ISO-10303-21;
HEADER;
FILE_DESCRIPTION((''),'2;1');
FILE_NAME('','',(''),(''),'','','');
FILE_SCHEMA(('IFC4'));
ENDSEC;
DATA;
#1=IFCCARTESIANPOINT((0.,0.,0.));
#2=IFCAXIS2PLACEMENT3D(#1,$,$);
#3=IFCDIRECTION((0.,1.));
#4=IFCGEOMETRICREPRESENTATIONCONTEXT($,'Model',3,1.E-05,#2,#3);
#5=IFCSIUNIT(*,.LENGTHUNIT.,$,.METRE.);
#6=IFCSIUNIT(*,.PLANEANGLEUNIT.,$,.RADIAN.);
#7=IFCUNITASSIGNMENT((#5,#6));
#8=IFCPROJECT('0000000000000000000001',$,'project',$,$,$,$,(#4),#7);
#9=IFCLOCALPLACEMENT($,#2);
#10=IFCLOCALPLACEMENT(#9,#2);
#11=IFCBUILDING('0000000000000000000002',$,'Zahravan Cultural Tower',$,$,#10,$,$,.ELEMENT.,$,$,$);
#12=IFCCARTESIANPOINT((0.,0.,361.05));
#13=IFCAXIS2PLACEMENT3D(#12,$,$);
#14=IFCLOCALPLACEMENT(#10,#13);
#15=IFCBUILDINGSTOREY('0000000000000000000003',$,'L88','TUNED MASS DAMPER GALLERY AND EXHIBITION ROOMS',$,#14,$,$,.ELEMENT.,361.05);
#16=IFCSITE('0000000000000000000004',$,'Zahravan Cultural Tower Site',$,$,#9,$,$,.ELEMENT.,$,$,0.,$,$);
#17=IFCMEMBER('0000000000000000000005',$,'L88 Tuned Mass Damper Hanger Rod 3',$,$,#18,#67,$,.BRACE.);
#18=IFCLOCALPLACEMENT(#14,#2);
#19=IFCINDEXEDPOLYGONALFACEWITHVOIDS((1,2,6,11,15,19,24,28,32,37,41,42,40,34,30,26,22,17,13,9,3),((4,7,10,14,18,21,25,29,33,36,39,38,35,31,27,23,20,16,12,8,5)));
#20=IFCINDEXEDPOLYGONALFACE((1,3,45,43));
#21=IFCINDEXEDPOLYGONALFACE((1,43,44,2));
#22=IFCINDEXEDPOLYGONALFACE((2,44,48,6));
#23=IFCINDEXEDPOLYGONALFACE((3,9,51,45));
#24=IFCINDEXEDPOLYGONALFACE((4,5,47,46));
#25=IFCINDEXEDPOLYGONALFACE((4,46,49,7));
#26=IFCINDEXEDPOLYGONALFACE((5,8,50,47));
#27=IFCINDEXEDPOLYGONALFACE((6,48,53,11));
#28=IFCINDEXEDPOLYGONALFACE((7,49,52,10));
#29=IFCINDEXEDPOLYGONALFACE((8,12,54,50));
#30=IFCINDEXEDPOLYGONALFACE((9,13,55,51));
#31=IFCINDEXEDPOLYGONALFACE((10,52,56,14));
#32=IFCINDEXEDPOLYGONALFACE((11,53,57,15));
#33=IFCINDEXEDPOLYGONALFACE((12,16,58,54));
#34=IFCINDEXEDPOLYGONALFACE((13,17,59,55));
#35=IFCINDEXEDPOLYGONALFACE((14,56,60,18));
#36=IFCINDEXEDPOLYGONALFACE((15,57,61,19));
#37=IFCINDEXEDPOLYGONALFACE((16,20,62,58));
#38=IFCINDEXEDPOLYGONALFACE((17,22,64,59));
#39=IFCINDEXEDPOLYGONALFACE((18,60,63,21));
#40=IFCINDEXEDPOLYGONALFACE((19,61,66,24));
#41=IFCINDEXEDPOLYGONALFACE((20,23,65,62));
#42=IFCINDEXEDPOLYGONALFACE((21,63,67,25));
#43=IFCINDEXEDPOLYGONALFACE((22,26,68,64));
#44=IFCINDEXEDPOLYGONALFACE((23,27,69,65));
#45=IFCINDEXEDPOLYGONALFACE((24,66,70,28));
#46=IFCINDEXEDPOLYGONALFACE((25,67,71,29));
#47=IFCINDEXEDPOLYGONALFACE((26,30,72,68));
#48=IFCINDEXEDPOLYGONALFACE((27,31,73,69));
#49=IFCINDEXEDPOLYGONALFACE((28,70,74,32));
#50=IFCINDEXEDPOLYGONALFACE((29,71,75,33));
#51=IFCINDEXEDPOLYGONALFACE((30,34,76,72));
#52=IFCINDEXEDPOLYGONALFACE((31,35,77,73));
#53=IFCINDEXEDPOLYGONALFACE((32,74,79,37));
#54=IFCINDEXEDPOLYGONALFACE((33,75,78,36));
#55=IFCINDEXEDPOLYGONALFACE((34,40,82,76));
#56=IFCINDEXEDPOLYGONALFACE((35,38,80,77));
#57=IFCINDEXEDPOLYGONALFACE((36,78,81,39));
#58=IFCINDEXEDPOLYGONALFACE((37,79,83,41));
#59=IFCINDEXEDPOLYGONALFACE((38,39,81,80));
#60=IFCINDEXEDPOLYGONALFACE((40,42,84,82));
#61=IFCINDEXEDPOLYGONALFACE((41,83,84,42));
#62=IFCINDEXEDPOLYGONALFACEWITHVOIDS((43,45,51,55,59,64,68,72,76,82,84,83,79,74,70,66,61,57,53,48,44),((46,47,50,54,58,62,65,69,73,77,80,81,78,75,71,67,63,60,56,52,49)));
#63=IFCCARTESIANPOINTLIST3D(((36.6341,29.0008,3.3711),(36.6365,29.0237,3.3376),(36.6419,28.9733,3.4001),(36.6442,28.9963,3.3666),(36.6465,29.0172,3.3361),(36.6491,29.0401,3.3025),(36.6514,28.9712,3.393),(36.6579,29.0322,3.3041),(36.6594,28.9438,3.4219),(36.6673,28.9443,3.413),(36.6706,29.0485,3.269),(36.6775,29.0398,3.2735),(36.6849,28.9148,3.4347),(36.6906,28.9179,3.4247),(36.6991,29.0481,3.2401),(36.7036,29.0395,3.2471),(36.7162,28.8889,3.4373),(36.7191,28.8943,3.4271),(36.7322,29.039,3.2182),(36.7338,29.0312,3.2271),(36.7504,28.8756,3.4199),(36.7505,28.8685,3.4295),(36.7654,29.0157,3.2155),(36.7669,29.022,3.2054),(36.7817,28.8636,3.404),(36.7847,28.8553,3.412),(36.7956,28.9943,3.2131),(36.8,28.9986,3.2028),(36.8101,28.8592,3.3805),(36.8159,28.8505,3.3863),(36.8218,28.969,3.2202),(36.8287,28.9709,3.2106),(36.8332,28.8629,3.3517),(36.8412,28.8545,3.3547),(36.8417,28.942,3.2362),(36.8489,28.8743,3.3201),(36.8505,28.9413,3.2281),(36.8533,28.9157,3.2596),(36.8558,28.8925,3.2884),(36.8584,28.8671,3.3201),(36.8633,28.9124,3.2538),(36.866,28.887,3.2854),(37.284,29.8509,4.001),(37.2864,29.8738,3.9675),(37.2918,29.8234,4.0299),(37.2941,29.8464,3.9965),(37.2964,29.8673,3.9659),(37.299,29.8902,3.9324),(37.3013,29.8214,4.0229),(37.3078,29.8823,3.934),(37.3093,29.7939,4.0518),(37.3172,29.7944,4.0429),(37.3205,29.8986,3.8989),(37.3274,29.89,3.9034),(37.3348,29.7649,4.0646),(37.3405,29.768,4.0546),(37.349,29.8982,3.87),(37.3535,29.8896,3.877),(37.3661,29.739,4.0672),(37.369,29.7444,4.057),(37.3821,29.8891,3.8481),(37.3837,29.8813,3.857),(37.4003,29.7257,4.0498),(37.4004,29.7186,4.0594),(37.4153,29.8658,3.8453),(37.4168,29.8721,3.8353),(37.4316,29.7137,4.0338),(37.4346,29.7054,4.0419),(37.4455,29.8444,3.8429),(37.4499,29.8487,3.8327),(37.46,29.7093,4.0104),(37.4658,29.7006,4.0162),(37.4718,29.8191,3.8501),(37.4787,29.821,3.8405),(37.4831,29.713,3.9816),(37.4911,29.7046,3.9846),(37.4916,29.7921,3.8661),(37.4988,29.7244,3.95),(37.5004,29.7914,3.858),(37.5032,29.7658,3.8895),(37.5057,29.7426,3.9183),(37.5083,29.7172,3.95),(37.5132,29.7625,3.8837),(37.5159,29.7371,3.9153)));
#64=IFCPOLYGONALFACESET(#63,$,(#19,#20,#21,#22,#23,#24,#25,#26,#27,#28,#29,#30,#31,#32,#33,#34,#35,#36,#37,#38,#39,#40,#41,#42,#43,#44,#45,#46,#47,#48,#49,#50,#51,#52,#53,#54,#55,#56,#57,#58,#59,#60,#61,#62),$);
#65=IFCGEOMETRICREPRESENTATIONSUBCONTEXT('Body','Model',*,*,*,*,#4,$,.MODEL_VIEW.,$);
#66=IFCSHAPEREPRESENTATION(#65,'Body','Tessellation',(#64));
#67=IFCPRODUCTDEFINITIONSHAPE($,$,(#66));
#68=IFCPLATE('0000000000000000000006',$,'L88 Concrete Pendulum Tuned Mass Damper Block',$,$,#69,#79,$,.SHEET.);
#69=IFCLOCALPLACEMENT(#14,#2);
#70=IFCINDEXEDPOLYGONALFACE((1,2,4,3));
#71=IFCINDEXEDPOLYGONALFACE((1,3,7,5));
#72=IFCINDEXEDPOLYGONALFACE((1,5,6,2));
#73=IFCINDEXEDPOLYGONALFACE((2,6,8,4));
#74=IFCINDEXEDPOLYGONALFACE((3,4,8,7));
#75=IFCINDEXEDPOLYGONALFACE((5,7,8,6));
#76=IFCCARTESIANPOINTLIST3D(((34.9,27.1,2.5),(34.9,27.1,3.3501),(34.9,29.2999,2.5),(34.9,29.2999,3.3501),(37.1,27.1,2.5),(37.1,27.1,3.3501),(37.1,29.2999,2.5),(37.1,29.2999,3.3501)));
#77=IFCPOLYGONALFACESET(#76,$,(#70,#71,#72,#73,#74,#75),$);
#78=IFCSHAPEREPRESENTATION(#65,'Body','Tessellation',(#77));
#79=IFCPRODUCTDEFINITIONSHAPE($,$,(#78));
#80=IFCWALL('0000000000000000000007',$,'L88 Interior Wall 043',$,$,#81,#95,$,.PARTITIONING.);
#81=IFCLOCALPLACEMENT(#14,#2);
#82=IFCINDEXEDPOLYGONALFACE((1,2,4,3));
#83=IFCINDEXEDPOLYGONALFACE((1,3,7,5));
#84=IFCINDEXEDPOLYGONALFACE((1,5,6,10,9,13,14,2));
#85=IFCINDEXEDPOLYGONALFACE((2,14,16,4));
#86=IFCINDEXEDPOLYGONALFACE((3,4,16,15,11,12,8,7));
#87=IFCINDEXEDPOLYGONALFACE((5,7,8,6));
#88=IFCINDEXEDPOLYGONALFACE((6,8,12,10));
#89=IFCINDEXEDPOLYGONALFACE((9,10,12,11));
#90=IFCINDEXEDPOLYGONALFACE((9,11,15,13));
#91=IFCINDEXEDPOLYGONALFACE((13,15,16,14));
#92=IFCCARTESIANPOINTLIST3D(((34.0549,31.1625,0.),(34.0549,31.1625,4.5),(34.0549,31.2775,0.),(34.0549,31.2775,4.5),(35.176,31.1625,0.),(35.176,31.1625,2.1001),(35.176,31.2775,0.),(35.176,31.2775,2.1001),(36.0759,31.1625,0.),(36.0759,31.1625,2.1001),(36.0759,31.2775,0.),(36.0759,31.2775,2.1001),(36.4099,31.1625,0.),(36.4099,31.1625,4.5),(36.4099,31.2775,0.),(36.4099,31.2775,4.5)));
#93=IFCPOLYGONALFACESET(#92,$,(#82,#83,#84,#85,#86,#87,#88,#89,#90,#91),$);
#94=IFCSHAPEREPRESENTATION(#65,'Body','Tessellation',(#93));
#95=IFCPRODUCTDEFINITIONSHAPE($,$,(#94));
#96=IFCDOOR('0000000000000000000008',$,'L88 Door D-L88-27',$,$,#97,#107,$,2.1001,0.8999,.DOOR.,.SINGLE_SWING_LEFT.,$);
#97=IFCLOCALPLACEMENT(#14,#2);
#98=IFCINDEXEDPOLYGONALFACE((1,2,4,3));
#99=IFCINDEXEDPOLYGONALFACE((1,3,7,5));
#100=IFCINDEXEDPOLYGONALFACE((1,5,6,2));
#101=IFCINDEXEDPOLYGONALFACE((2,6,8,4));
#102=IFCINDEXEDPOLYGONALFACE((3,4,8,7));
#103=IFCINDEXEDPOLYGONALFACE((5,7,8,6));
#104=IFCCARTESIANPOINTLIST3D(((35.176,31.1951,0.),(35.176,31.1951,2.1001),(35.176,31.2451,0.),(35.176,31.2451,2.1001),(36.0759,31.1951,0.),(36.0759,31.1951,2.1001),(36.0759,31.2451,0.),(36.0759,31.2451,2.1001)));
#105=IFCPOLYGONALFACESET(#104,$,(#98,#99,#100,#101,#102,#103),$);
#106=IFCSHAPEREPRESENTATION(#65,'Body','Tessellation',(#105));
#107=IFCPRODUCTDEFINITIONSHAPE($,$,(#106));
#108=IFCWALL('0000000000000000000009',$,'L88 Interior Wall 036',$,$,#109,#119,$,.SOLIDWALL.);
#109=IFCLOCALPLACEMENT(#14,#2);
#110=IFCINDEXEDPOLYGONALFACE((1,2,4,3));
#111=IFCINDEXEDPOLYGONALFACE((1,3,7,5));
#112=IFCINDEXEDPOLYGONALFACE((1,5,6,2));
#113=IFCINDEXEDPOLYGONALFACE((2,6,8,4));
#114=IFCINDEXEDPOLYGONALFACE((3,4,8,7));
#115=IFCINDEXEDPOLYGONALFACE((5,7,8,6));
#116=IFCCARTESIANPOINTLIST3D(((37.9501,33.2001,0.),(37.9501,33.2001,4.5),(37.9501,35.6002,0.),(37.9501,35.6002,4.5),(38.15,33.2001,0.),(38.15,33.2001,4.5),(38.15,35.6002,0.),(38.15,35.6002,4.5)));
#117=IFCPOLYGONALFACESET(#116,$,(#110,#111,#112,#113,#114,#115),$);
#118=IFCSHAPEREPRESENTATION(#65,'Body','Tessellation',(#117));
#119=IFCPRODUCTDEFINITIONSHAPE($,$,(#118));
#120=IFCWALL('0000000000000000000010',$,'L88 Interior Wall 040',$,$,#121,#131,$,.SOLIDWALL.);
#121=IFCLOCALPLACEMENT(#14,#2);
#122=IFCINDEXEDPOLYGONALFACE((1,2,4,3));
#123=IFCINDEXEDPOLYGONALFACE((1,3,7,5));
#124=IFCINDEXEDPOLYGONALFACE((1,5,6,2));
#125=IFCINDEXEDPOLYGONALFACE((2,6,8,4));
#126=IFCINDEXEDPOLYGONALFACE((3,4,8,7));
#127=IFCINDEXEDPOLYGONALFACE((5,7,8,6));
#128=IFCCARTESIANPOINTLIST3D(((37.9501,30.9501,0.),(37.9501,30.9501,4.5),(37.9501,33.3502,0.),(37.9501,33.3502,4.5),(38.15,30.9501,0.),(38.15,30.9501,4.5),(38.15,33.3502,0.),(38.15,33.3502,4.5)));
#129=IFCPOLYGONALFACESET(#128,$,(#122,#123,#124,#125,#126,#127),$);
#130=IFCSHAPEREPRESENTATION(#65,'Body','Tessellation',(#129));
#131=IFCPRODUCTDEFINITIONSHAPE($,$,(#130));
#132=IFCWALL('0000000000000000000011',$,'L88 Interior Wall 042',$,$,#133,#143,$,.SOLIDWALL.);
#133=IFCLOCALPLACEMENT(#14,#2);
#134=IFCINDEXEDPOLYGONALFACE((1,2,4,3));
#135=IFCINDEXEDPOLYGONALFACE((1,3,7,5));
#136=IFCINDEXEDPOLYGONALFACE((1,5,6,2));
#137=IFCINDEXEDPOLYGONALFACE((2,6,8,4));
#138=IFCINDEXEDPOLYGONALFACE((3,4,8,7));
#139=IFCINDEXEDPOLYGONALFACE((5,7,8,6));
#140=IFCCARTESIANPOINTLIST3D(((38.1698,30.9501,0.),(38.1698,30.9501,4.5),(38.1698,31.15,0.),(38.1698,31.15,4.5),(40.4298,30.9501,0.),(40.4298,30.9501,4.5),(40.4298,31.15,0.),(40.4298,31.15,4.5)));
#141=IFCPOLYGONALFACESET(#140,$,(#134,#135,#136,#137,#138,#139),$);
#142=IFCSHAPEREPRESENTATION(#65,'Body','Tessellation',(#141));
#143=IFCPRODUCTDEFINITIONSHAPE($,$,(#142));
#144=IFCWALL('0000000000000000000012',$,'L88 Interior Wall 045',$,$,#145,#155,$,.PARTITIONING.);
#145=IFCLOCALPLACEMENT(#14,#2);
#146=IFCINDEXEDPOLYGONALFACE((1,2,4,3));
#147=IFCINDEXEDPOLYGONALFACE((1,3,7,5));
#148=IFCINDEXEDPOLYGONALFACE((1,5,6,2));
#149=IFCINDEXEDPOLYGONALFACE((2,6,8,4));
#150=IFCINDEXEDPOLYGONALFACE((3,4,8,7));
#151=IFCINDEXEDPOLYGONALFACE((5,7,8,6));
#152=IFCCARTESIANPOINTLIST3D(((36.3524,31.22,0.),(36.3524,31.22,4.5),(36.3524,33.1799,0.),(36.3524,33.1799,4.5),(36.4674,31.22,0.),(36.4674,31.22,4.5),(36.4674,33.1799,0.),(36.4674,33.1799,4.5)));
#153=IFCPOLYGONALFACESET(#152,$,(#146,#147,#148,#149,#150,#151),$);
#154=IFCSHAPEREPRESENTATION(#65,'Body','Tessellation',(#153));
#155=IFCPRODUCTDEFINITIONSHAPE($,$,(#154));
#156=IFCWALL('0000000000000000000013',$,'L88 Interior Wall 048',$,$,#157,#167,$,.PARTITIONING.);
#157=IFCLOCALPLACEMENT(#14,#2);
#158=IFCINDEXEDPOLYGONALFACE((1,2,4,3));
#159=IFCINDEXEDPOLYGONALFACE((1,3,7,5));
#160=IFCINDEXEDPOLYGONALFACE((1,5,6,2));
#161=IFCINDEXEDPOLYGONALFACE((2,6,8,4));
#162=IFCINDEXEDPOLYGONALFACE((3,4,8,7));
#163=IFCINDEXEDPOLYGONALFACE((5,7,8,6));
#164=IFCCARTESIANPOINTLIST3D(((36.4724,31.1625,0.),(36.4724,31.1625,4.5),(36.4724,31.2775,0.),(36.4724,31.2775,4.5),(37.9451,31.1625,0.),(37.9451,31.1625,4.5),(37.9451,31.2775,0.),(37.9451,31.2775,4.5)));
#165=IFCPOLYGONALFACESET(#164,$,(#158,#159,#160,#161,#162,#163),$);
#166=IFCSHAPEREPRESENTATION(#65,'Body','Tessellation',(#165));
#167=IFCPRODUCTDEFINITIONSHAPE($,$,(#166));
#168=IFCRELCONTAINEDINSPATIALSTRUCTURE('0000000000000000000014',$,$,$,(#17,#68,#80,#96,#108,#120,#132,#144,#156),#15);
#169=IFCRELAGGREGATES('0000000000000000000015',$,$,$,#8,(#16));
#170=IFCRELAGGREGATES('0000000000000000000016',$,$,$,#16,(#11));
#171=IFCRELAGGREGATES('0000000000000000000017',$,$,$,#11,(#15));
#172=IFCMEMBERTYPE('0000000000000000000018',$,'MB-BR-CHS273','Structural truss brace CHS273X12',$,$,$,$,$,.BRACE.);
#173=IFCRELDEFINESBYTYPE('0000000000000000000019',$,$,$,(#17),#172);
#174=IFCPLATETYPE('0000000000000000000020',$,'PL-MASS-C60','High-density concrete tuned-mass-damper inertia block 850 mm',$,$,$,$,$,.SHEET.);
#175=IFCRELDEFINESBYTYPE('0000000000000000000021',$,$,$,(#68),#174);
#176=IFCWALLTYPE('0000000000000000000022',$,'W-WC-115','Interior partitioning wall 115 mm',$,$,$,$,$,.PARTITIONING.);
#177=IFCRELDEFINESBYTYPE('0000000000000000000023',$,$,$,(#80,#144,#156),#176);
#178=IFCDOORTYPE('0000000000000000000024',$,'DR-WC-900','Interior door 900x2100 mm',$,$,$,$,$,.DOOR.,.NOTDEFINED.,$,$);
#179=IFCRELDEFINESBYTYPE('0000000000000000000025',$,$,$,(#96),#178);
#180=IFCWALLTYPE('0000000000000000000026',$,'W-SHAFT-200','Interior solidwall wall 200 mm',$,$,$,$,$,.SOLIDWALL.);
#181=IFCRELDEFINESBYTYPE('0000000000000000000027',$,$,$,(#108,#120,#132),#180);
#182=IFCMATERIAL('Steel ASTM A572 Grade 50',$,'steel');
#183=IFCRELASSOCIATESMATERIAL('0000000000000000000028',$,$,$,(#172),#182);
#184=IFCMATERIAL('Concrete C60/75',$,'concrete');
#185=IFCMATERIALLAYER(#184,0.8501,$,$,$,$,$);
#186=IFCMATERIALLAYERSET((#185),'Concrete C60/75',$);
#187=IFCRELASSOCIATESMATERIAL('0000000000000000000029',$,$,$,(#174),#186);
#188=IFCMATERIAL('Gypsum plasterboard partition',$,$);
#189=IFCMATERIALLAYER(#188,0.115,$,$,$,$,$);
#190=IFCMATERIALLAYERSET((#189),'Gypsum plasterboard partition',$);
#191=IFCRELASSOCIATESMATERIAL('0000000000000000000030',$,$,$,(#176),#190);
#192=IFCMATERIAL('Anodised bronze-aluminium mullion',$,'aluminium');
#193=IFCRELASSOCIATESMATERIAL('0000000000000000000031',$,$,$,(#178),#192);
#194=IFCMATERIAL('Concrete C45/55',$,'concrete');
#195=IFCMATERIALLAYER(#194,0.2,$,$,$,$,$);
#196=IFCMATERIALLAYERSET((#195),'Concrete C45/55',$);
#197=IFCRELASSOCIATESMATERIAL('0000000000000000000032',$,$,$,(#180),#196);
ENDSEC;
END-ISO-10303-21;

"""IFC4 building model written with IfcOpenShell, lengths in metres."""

from ifc_helpers import new_model, si_unit, direction, frame, frame_2d, origin, origin_2d, place, context, subcontext, project, spatial, rectangle, hollow_circle, extrude, source, transform, mapped, material, layer, layer_set, material_profile, profile_set, type_object, element, fill, save


model = new_model("IFC4")

# Units and contexts
model_context = context("Model", 3, precision=1e-05, world=origin(), true_north=direction((0.0, 1.0)))
body_context = subcontext(model_context, "Body", "Model", "MODEL_VIEW")
ifc_project = project(units=[si_unit("LENGTHUNIT", "METRE"), si_unit("PLANEANGLEUNIT", "RADIAN")], contexts=[model_context])

# Site, building, storey
site_placement = place(None, origin())
site = spatial("IfcSite", under=ifc_project, at=site_placement, Name="Zahravan Cultural Tower Site", CompositionType="ELEMENT", RefElevation=0.0)
building_placement = place(site_placement, origin())
building = spatial("IfcBuilding", under=site, at=building_placement, Name="Zahravan Cultural Tower", CompositionType="ELEMENT")
storey_placement = place(building_placement, frame((0.0, 0.0, 361.05)))
storey = spatial("IfcBuildingStorey", under=building, at=storey_placement, Name="L88", Description="TUNED MASS DAMPER GALLERY AND EXHIBITION ROOMS", CompositionType="ELEMENT", Elevation=361.05)

# Shared definitions
ifc_material_1 = material(Name="Steel ASTM A572 Grade 50", Category="steel")

# Member
ifc_material_profile_1 = material_profile(ifc_material_1, hollow_circle(Radius=0.1365, WallThickness=0.012, at=origin_2d()), Name="CHS273X12")
ifc_profile_set_1 = profile_set([ifc_material_profile_1], Name="Steel ASTM A572 Grade 50")
member_type_1 = type_object("IfcMemberType", Name="MB-BR-CHS273", Description="Structural truss brace CHS273X12", PredefinedType="BRACE", material=ifc_profile_set_1)
shared_shape_1 = source(origin(), body_context, "Body", "SweptSolid", [
    extrude(hollow_circle(Radius=0.1365, WallThickness=0.012, at=origin_2d()), origin(), (0.0, 0.0, 1.0), 1.2417),
])
member_1_placement = place(storey_placement, frame((37.3999, 29.8, 3.95), z_axis=(-0.523402, -0.68463, -0.507279), x_axis=(0.794436, -0.607348, 0.0)))
element("IfcMember", 1, at=member_1_placement, inside=storey, type_object=member_type_1, Name="L88 Tuned Mass Damper Hanger Rod 3", PredefinedType="BRACE", context=body_context, shape_type="MappedRepresentation", body=[
    mapped(shared_shape_1, transform((0.0, 0.0, 0.0), x_axis=(1.0, 0.0, 0.0), y_axis=(0.0, 1.0, 0.0), z_axis=(0.0, 0.0, 1.0), scale=1.0)),
])

# Plate
ifc_material_2 = material(Name="Concrete C60/75", Category="concrete")
ifc_layer_1 = layer(ifc_material_2, 0.8501)
ifc_layer_set_1 = layer_set([ifc_layer_1], Name="Concrete C60/75")
plate_type = type_object("IfcPlateType", Name="PL-MASS-C60", Description="High-density concrete tuned-mass-damper inertia block 850 mm", PredefinedType="SHEET", material=ifc_layer_set_1)
shared_shape_2 = source(origin(), body_context, "Body", "SweptSolid", [
    extrude(rectangle(XDim=2.2, YDim=2.2, at=origin_2d()), origin(), (0.0, 0.0, 1.0), 0.8501),
])
plate_placement = place(storey_placement, frame((36.0, 28.2, 2.5), z_axis=(0.0, 0.0, 1.0), x_axis=(1.0, 0.0, 0.0)))
element("IfcPlate", 2, at=plate_placement, inside=storey, type_object=plate_type, Name="L88 Concrete Pendulum Tuned Mass Damper Block", PredefinedType="SHEET", context=body_context, shape_type="MappedRepresentation", body=[
    mapped(shared_shape_2, transform((0.0, 0.0, 0.0), x_axis=(1.0, 0.0, 0.0), y_axis=(0.0, 1.0, 0.0), z_axis=(0.0, 0.0, 1.0), scale=1.0)),
])

# Wall, opening, door
ifc_material_3 = material(Name="Gypsum plasterboard partition")
ifc_layer_2 = layer(ifc_material_3, 0.115)
ifc_layer_set_2 = layer_set([ifc_layer_2], Name="Gypsum plasterboard partition")
wall_type_1 = type_object("IfcWallType", Name="W-WC-115", Description="Interior partitioning wall 115 mm", PredefinedType="PARTITIONING", material=ifc_layer_set_2)
wall_1_placement = place(storey_placement, frame((36.4099, 31.22, 0.0), z_axis=(0.0, 0.0, 1.0), x_axis=(-1.0, 0.0, 0.0)))
wall_1 = element("IfcWall", 3, at=wall_1_placement, inside=storey, type_object=wall_type_1, Name="L88 Interior Wall 043", PredefinedType="PARTITIONING", context=body_context, shape_type="SweptSolid", body=[
    extrude(rectangle(XDim=2.355, YDim=0.115, at=frame_2d((1.1775, 0.0))), origin(), (0.0, 0.0, 1.0), 4.5),
])
opening_placement = place(wall_1_placement, frame((0.334, 0.0, 0.0)))
opening = element("IfcOpeningElement", 4, at=opening_placement, cuts=wall_1, PredefinedType="OPENING", context=body_context, shape_type="SweptSolid", body=[
    extrude(rectangle(XDim=0.8999, YDim=2.1001, at=frame_2d((0.45, 1.05))), frame((0.0, 0.0674, 0.0), z_axis=(0.0, -1.0, 0.0), x_axis=(1.0, 0.0, 0.0)), (0.0, 0.0, 1.0), 0.135),
])
ifc_material_4 = material(Name="Anodised bronze-aluminium mullion", Category="aluminium")
door_type = type_object("IfcDoorType", Name="DR-WC-900", Description="Interior door 900x2100 mm", OperationType="NOTDEFINED", PredefinedType="DOOR", material=ifc_material_4)
shared_shape_3 = source(origin(), body_context, "Body", "SweptSolid", [
    extrude(rectangle(XDim=0.8999, YDim=2.1001, at=frame_2d((0.45, 1.05))), frame((0.0, 0.0249, 0.0), z_axis=(0.0, -1.0, 0.0), x_axis=(1.0, 0.0, 0.0)), (0.0, 0.0, 1.0), 0.05),
])
door_placement = place(opening_placement, origin())
door = element("IfcDoor", 5, at=door_placement, inside=storey, type_object=door_type, Name="L88 Door D-L88-27", OperationType="SINGLE_SWING_LEFT", OverallHeight=2.1001, OverallWidth=0.8999, PredefinedType="DOOR", context=body_context, shape_type="MappedRepresentation", body=[
    mapped(shared_shape_3, transform((0.0, 0.0, 0.0), x_axis=(1.0, 0.0, 0.0), y_axis=(0.0, 1.0, 0.0), z_axis=(0.0, 0.0, 1.0), scale=1.0)),
])
fill(opening, door)

# Walls
ifc_material_5 = material(Name="Concrete C45/55", Category="concrete")
ifc_layer_3 = layer(ifc_material_5, 0.2)
ifc_layer_set_3 = layer_set([ifc_layer_3], Name="Concrete C45/55")
wall_type_2 = type_object("IfcWallType", Name="W-SHAFT-200", Description="Interior solidwall wall 200 mm", PredefinedType="SOLIDWALL", material=ifc_layer_set_3)
shared_shape_4 = source(origin(), body_context, "Body", "SweptSolid", [
    extrude(rectangle(XDim=2.4001, YDim=0.2, at=frame_2d((1.2002, 0.0))), origin(), (0.0, 0.0, 1.0), 4.5),
])
for number, where, z_axis, x_axis, name in (
    (6, (38.05, 33.2, 0.0), (0.0, 0.0, 1.0), (0.0, 1.0, 0.0), "L88 Interior Wall 036"),
    (7, (38.05, 30.95, 0.0), (0.0, 0.0, 1.0), (0.0, 1.0, 0.0), "L88 Interior Wall 040"),
):
    element("IfcWall", number, at=place(storey_placement, frame(where, z_axis=z_axis, x_axis=x_axis)), inside=storey, type_object=wall_type_2, Name=name, PredefinedType="SOLIDWALL", context=body_context, shape_type="MappedRepresentation", body=[
        mapped(shared_shape_4, transform((0.0, 0.0, 0.0), x_axis=(1.0, 0.0, 0.0), y_axis=(0.0, 1.0, 0.0), z_axis=(0.0, 0.0, 1.0), scale=1.0)),
    ])
shared_shape_5 = source(origin(), body_context, "Body", "SweptSolid", [
    extrude(rectangle(XDim=2.26, YDim=0.2, at=frame_2d((1.1299, 0.0))), origin(), (0.0, 0.0, 1.0), 4.5),
])
wall_2_placement = place(storey_placement, frame((38.1699, 31.05, 0.0), z_axis=(0.0, 0.0, 1.0), x_axis=(1.0, 0.0, 0.0)))
element("IfcWall", 8, at=wall_2_placement, inside=storey, type_object=wall_type_2, Name="L88 Interior Wall 042", PredefinedType="SOLIDWALL", context=body_context, shape_type="MappedRepresentation", body=[
    mapped(shared_shape_5, transform((0.0, 0.0, 0.0), x_axis=(1.0, 0.0, 0.0), y_axis=(0.0, 1.0, 0.0), z_axis=(0.0, 0.0, 1.0), scale=1.0)),
])
shared_shape_6 = source(origin(), body_context, "Body", "SweptSolid", [
    extrude(rectangle(XDim=1.96, YDim=0.115, at=frame_2d((0.98, 0.0))), origin(), (0.0, 0.0, 1.0), 4.5),
])
wall_3_placement = place(storey_placement, frame((36.4099, 33.1799, 0.0), z_axis=(0.0, 0.0, 1.0), x_axis=(0.0, -1.0, 0.0)))
element("IfcWall", 9, at=wall_3_placement, inside=storey, type_object=wall_type_1, Name="L88 Interior Wall 045", PredefinedType="PARTITIONING", context=body_context, shape_type="MappedRepresentation", body=[
    mapped(shared_shape_6, transform((0.0, 0.0, 0.0), x_axis=(1.0, 0.0, 0.0), y_axis=(0.0, 1.0, 0.0), z_axis=(0.0, 0.0, 1.0), scale=1.0)),
])
shared_shape_7 = source(origin(), body_context, "Body", "SweptSolid", [
    extrude(rectangle(XDim=1.4727, YDim=0.115, at=frame_2d((0.7363, 0.0))), origin(), (0.0, 0.0, 1.0), 4.5),
])
wall_4_placement = place(storey_placement, frame((37.9451, 31.22, 0.0), z_axis=(0.0, 0.0, 1.0), x_axis=(-1.0, 0.0, 0.0)))
element("IfcWall", 10, at=wall_4_placement, inside=storey, type_object=wall_type_1, Name="L88 Interior Wall 048", PredefinedType="PARTITIONING", context=body_context, shape_type="MappedRepresentation", body=[
    mapped(shared_shape_7, transform((0.0, 0.0, 0.0), x_axis=(1.0, 0.0, 0.0), y_axis=(0.0, 1.0, 0.0), z_axis=(0.0, 0.0, 1.0), scale=1.0)),
])

save(model, "model.ifc")
